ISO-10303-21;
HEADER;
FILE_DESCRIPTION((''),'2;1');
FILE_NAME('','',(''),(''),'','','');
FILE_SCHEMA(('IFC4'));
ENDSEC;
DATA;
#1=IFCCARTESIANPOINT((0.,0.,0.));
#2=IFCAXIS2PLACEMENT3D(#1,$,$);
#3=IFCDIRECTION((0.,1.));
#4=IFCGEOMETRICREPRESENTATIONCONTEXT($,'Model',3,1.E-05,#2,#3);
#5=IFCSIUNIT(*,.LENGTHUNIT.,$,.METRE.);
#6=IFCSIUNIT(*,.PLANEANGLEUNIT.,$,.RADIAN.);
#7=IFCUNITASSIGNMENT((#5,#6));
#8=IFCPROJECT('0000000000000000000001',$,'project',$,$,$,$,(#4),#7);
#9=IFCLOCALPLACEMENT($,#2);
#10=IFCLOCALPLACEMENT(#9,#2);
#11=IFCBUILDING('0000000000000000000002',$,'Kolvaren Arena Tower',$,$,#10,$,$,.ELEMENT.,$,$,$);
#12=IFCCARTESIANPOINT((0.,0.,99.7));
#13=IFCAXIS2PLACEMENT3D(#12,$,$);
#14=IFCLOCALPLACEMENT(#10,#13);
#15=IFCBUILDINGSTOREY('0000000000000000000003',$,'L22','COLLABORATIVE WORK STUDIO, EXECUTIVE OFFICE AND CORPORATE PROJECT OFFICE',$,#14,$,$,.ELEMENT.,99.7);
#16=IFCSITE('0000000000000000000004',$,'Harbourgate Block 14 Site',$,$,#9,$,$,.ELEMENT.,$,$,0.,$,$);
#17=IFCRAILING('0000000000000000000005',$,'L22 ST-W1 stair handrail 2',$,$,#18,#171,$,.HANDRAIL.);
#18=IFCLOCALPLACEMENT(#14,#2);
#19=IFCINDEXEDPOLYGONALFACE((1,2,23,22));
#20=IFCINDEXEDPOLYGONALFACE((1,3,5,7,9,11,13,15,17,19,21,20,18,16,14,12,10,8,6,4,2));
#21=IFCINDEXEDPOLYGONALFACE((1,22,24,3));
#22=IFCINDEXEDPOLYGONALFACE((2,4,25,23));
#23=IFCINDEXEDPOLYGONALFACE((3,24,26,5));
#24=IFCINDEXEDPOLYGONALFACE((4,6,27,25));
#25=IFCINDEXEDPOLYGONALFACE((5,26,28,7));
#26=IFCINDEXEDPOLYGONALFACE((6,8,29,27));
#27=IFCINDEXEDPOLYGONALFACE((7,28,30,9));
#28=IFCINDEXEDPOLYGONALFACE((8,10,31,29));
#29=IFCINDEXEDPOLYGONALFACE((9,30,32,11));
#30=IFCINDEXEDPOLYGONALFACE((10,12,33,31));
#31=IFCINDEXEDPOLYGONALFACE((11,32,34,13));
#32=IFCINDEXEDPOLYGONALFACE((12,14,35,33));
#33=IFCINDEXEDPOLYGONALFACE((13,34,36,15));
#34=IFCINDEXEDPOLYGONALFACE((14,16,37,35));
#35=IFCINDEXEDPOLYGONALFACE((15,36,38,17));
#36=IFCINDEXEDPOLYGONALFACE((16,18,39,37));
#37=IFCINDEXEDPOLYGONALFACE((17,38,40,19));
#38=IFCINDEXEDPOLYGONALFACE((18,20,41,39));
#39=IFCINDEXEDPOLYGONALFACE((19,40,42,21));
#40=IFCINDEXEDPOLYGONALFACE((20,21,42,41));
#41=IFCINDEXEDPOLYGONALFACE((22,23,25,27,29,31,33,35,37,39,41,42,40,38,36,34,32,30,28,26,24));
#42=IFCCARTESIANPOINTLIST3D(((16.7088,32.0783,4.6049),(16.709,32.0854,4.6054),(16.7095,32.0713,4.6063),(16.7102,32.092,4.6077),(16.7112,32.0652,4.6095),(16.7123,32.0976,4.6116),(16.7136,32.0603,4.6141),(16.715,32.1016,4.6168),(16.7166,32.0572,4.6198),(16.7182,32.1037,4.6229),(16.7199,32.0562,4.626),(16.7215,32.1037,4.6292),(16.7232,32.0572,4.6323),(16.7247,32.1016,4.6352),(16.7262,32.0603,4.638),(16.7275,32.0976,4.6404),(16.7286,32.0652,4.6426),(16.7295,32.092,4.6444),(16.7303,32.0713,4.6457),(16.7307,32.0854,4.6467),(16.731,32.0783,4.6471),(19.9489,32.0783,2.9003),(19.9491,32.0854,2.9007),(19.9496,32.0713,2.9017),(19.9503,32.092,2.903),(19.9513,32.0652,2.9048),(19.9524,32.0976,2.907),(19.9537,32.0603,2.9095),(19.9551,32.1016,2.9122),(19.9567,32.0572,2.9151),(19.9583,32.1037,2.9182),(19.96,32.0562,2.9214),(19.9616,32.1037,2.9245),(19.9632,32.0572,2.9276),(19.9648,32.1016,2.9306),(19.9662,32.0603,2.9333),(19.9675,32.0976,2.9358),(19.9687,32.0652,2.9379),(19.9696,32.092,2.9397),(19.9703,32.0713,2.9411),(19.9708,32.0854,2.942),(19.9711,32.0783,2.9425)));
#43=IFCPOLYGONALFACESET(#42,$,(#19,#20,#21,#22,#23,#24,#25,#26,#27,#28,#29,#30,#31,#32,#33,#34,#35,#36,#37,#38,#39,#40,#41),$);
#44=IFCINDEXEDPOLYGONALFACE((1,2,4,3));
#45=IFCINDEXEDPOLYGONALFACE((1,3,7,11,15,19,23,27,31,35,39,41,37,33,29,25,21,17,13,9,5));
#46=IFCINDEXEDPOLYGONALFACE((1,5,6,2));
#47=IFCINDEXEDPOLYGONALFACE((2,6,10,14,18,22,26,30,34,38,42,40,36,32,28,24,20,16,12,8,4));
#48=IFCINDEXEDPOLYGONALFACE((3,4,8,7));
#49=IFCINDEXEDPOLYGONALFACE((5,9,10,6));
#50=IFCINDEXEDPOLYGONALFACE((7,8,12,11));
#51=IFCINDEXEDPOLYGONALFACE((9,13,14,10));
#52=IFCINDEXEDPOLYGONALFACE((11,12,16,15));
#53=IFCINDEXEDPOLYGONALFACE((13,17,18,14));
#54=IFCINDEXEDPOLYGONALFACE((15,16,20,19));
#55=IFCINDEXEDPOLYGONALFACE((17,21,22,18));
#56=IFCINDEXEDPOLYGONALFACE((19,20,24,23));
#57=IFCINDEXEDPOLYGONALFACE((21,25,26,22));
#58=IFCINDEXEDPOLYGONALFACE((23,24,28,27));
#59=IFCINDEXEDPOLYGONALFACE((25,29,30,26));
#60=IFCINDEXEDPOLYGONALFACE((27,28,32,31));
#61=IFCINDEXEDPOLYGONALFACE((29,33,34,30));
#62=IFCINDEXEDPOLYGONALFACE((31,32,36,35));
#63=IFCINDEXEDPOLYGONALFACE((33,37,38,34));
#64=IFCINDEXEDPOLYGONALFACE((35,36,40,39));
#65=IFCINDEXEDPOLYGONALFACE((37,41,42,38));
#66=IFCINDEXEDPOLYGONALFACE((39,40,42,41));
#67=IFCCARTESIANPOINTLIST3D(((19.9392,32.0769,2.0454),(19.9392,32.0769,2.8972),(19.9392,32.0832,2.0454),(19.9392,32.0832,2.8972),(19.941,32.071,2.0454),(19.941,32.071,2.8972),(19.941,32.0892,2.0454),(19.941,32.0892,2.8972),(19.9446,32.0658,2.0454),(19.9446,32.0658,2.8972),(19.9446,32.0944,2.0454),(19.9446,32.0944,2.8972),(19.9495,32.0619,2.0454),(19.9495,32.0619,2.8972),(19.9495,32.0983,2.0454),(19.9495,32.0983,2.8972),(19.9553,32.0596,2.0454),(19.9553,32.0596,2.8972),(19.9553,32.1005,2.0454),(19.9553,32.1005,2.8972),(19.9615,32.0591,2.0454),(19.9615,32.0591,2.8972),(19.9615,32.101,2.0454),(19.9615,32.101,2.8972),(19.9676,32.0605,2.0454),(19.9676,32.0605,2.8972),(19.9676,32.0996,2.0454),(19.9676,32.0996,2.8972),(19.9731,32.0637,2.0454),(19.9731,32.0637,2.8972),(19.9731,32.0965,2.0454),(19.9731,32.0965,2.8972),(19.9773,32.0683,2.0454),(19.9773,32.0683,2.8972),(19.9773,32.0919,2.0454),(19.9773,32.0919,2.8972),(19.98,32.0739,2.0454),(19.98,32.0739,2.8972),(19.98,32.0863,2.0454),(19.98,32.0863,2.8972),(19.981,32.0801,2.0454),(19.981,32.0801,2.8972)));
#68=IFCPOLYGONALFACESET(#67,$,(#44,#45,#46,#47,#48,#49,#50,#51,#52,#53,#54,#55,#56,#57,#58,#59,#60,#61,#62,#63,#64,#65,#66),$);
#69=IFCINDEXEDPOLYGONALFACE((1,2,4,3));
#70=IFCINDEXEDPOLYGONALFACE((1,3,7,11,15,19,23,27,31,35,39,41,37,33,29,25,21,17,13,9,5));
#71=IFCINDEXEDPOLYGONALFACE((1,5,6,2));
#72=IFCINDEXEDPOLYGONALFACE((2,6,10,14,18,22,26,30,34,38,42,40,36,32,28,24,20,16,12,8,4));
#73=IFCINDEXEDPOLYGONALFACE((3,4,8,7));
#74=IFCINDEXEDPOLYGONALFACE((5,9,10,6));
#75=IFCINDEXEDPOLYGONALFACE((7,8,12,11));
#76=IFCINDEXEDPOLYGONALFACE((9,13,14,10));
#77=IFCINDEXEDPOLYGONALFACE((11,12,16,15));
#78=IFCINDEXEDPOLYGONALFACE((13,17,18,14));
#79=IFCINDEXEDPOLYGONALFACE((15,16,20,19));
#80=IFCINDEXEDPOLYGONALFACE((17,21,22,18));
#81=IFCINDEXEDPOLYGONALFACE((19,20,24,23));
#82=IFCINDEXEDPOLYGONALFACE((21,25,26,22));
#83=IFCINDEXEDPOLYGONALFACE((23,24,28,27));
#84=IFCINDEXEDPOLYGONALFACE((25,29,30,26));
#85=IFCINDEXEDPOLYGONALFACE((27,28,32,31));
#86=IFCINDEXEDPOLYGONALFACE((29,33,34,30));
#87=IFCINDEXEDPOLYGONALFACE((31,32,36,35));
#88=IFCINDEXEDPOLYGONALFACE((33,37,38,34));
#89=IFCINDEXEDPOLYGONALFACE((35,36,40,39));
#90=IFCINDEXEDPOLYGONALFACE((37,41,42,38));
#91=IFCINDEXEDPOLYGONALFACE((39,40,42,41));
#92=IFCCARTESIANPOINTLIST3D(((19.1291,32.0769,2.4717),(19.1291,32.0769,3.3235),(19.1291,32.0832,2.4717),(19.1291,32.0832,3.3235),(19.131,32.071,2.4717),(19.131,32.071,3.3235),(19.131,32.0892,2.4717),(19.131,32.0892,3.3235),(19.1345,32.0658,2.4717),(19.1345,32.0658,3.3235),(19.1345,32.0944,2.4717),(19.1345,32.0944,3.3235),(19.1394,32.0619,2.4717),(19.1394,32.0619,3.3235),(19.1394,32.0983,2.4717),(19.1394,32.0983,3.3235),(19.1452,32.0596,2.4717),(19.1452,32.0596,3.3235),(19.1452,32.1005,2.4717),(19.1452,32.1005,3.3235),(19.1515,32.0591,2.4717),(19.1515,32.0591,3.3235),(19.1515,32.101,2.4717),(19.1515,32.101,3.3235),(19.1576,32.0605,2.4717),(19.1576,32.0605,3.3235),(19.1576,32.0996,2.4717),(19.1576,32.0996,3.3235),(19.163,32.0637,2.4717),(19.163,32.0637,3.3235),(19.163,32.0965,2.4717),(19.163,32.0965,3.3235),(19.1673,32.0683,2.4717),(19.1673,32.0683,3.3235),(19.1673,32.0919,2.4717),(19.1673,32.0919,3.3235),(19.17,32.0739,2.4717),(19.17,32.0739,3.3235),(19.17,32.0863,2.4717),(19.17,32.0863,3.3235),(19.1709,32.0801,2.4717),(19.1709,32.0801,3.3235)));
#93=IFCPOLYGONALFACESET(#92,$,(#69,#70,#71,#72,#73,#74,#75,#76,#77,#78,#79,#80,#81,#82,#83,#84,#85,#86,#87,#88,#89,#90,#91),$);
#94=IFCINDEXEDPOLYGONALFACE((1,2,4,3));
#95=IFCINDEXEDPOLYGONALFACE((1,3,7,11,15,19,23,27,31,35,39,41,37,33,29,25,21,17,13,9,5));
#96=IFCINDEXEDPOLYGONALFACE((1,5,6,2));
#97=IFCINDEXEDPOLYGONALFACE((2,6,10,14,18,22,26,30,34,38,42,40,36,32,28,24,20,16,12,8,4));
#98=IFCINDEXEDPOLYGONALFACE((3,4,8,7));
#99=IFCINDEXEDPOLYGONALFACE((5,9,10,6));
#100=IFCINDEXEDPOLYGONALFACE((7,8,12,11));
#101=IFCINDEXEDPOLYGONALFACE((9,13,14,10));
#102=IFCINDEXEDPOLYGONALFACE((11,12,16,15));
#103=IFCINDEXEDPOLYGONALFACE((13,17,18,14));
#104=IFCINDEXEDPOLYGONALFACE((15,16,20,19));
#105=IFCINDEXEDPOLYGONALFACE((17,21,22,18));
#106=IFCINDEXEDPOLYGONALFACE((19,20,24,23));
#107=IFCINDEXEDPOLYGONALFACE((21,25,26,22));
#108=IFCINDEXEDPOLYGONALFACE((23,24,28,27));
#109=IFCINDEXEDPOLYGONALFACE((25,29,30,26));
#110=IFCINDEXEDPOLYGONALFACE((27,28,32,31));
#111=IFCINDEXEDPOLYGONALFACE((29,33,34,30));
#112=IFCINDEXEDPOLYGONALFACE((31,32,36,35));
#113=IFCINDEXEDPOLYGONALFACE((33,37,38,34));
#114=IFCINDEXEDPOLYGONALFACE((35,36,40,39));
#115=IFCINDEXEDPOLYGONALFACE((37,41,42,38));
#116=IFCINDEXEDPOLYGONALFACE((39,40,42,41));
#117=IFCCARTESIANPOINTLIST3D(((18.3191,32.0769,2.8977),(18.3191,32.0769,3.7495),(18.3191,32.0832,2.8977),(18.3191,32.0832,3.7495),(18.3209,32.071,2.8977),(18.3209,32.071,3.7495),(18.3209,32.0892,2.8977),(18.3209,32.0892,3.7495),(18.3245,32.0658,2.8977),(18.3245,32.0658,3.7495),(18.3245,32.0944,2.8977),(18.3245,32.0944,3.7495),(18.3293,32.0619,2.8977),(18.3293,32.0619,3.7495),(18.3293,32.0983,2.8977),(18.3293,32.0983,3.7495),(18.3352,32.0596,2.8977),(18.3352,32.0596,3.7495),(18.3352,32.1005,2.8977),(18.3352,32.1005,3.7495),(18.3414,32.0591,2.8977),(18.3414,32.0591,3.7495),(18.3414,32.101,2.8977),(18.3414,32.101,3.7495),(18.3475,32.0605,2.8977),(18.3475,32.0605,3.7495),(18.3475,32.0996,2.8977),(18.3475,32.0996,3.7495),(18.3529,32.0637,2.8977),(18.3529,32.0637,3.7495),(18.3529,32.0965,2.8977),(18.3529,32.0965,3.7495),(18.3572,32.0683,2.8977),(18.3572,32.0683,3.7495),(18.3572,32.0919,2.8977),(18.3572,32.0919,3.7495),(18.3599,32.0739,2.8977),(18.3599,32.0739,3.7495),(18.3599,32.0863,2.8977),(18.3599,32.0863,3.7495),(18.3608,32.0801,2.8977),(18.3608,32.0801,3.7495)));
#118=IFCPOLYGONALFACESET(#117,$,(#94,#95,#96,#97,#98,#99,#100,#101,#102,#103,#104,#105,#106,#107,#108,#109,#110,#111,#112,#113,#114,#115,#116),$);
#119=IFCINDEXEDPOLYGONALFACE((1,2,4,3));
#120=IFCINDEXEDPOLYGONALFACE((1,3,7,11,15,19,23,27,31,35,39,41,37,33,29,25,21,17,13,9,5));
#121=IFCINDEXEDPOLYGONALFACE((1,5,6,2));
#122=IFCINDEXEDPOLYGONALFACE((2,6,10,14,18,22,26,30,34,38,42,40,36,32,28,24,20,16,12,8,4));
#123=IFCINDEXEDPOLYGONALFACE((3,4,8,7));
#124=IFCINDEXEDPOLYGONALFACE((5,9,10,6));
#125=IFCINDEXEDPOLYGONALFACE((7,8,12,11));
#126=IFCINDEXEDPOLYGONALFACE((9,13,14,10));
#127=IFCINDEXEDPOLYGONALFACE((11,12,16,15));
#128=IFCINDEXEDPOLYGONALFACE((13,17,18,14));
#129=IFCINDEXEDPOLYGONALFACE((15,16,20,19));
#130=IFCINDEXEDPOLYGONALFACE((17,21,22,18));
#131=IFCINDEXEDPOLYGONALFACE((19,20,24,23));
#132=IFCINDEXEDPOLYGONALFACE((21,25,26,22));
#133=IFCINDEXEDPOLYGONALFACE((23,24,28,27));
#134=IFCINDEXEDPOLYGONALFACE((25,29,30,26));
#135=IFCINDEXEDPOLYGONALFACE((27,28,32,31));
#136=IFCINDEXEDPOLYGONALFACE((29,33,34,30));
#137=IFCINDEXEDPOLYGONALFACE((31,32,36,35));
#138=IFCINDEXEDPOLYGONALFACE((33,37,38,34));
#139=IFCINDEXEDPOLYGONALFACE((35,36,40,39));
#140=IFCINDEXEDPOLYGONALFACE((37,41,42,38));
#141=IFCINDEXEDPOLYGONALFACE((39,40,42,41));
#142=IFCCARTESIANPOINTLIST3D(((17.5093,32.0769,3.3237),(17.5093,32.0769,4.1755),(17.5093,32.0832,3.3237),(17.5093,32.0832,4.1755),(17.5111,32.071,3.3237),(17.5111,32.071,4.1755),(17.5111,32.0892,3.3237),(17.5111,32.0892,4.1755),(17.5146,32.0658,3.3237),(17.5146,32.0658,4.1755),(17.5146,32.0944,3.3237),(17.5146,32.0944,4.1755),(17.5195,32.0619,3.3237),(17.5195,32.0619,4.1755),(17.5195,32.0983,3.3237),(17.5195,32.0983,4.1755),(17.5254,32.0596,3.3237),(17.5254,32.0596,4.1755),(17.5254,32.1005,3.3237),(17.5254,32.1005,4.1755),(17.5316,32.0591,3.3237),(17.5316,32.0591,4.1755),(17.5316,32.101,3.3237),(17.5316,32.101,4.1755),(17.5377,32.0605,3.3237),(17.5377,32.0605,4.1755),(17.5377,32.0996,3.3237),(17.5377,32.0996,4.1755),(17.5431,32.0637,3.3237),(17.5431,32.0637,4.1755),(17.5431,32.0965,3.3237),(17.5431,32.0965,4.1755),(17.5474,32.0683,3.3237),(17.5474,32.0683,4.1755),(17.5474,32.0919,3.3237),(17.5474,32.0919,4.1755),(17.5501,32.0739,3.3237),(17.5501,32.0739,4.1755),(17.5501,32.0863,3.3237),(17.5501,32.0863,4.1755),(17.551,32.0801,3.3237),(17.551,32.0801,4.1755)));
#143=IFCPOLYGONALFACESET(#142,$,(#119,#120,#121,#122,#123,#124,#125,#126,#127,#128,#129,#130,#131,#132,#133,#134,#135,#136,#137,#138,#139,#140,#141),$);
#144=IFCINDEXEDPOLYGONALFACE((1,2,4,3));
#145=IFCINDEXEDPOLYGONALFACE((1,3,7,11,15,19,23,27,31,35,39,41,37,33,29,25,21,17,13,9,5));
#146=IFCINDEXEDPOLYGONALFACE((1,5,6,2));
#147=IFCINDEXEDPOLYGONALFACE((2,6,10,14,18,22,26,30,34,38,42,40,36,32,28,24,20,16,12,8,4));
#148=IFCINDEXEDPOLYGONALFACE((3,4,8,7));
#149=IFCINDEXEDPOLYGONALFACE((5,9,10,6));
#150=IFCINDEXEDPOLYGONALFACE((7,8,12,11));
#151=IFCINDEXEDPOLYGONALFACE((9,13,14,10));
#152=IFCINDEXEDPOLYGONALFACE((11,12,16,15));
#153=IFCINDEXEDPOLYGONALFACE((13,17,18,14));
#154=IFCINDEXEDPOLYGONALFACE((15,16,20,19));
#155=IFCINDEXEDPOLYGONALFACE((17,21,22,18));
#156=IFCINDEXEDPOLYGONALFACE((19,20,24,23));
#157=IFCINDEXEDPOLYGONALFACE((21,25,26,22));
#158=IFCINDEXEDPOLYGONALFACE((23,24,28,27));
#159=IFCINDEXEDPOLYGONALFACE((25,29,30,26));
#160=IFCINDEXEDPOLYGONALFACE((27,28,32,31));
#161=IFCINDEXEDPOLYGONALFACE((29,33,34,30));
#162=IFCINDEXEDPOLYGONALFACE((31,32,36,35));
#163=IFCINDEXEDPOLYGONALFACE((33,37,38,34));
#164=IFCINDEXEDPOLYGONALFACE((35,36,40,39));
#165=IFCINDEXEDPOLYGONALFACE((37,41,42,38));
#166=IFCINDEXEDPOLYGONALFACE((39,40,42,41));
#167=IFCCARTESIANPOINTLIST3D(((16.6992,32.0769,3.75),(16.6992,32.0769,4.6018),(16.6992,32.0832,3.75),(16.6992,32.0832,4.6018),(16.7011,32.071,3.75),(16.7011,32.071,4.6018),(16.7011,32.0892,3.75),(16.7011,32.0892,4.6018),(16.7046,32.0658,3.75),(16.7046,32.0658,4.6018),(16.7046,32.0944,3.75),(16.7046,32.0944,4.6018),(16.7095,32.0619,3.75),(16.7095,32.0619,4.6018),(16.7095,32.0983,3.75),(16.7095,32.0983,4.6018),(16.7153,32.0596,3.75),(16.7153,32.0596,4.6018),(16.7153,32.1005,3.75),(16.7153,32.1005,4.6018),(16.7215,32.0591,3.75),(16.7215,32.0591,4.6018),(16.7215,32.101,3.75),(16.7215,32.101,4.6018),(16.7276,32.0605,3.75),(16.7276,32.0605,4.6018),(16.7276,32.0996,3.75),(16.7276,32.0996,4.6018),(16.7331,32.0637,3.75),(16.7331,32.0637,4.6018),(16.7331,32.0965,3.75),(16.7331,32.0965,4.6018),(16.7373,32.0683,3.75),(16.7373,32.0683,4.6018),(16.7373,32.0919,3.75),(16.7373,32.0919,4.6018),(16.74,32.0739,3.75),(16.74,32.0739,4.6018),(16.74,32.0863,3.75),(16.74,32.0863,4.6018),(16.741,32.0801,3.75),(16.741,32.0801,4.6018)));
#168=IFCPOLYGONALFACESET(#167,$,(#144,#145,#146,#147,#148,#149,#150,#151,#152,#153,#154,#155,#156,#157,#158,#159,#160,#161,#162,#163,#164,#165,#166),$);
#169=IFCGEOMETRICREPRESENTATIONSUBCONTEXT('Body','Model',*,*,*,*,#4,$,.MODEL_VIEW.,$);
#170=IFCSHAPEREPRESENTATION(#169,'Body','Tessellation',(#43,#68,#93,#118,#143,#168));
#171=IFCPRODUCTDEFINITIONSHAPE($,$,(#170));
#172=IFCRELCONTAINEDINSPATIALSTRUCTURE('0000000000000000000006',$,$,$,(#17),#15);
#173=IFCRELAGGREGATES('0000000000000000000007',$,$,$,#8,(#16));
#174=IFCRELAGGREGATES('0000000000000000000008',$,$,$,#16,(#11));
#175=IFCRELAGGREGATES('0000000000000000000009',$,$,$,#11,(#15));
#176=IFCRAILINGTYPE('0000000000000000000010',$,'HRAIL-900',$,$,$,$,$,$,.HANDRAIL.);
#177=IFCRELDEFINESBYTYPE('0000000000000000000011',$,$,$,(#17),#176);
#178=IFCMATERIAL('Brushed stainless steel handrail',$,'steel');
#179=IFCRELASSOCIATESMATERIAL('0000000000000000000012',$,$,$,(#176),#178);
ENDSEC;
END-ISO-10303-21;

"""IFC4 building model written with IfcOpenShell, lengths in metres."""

from ifc_helpers import new_model, si_unit, direction, frame, origin, origin_2d, place, context, subcontext, project, spatial, circle, extrude, material, type_object, element, save


model = new_model("IFC4")

# Units and contexts
model_context = context("Model", 3, precision=1e-05, world=origin(), true_north=direction((0.0, 1.0)))
body_context = subcontext(model_context, "Body", "Model", "MODEL_VIEW")
ifc_project = project(units=[si_unit("LENGTHUNIT", "METRE"), si_unit("PLANEANGLEUNIT", "RADIAN")], contexts=[model_context])

# Site, building, storey
site_placement = place(None, origin())
site = spatial("IfcSite", under=ifc_project, at=site_placement, Name="Harbourgate Block 14 Site", CompositionType="ELEMENT", RefElevation=0.0)
building_placement = place(site_placement, origin())
building = spatial("IfcBuilding", under=site, at=building_placement, Name="Kolvaren Arena Tower", CompositionType="ELEMENT")
storey_placement = place(building_placement, frame((0.0, 0.0, 99.7)))
storey = spatial("IfcBuildingStorey", under=building, at=storey_placement, Name="L22", Description="COLLABORATIVE WORK STUDIO, EXECUTIVE OFFICE AND CORPORATE PROJECT OFFICE", CompositionType="ELEMENT", Elevation=99.7)

# Railing
ifc_material_1 = material(Name="Brushed stainless steel handrail", Category="steel")
railing_type_1 = type_object("IfcRailingType", Name="HRAIL-900", PredefinedType="HANDRAIL", material=ifc_material_1)
railing_1_placement = place(storey_placement, frame((19.96, 32.0801, 2.0454)))
element("IfcRailing", 1, at=railing_1_placement, inside=storey, type_object=railing_type_1, Name="L22 ST-W1 stair handrail 2", PredefinedType="HANDRAIL", context=body_context, shape_type="SweptSolid", body=[
    extrude(circle(Radius=0.0239, at=origin_2d()), frame((0.0, 0.0, 0.876), z_axis=(-0.884993, 0.0, 0.465604), x_axis=(0.0, -1.0, 0.0)), (0.0, 0.0, 1.0), 3.6611),
    extrude(circle(Radius=0.021, at=origin_2d()), origin(), (0.0, 0.0, 1.0), 0.8518),
    extrude(circle(Radius=0.021, at=origin_2d()), frame((-0.8101, 0.0, 0.4263)), (0.0, 0.0, 1.0), 0.8518),
    extrude(circle(Radius=0.021, at=origin_2d()), frame((-1.6201, 0.0, 0.8523)), (0.0, 0.0, 1.0), 0.8518),
    extrude(circle(Radius=0.021, at=origin_2d()), frame((-2.4299, 0.0, 1.2783)), (0.0, 0.0, 1.0), 0.8518),
    extrude(circle(Radius=0.021, at=origin_2d()), frame((-3.24, 0.0, 1.7046)), (0.0, 0.0, 1.0), 0.8518),
])

save(model, "model.ifc")
